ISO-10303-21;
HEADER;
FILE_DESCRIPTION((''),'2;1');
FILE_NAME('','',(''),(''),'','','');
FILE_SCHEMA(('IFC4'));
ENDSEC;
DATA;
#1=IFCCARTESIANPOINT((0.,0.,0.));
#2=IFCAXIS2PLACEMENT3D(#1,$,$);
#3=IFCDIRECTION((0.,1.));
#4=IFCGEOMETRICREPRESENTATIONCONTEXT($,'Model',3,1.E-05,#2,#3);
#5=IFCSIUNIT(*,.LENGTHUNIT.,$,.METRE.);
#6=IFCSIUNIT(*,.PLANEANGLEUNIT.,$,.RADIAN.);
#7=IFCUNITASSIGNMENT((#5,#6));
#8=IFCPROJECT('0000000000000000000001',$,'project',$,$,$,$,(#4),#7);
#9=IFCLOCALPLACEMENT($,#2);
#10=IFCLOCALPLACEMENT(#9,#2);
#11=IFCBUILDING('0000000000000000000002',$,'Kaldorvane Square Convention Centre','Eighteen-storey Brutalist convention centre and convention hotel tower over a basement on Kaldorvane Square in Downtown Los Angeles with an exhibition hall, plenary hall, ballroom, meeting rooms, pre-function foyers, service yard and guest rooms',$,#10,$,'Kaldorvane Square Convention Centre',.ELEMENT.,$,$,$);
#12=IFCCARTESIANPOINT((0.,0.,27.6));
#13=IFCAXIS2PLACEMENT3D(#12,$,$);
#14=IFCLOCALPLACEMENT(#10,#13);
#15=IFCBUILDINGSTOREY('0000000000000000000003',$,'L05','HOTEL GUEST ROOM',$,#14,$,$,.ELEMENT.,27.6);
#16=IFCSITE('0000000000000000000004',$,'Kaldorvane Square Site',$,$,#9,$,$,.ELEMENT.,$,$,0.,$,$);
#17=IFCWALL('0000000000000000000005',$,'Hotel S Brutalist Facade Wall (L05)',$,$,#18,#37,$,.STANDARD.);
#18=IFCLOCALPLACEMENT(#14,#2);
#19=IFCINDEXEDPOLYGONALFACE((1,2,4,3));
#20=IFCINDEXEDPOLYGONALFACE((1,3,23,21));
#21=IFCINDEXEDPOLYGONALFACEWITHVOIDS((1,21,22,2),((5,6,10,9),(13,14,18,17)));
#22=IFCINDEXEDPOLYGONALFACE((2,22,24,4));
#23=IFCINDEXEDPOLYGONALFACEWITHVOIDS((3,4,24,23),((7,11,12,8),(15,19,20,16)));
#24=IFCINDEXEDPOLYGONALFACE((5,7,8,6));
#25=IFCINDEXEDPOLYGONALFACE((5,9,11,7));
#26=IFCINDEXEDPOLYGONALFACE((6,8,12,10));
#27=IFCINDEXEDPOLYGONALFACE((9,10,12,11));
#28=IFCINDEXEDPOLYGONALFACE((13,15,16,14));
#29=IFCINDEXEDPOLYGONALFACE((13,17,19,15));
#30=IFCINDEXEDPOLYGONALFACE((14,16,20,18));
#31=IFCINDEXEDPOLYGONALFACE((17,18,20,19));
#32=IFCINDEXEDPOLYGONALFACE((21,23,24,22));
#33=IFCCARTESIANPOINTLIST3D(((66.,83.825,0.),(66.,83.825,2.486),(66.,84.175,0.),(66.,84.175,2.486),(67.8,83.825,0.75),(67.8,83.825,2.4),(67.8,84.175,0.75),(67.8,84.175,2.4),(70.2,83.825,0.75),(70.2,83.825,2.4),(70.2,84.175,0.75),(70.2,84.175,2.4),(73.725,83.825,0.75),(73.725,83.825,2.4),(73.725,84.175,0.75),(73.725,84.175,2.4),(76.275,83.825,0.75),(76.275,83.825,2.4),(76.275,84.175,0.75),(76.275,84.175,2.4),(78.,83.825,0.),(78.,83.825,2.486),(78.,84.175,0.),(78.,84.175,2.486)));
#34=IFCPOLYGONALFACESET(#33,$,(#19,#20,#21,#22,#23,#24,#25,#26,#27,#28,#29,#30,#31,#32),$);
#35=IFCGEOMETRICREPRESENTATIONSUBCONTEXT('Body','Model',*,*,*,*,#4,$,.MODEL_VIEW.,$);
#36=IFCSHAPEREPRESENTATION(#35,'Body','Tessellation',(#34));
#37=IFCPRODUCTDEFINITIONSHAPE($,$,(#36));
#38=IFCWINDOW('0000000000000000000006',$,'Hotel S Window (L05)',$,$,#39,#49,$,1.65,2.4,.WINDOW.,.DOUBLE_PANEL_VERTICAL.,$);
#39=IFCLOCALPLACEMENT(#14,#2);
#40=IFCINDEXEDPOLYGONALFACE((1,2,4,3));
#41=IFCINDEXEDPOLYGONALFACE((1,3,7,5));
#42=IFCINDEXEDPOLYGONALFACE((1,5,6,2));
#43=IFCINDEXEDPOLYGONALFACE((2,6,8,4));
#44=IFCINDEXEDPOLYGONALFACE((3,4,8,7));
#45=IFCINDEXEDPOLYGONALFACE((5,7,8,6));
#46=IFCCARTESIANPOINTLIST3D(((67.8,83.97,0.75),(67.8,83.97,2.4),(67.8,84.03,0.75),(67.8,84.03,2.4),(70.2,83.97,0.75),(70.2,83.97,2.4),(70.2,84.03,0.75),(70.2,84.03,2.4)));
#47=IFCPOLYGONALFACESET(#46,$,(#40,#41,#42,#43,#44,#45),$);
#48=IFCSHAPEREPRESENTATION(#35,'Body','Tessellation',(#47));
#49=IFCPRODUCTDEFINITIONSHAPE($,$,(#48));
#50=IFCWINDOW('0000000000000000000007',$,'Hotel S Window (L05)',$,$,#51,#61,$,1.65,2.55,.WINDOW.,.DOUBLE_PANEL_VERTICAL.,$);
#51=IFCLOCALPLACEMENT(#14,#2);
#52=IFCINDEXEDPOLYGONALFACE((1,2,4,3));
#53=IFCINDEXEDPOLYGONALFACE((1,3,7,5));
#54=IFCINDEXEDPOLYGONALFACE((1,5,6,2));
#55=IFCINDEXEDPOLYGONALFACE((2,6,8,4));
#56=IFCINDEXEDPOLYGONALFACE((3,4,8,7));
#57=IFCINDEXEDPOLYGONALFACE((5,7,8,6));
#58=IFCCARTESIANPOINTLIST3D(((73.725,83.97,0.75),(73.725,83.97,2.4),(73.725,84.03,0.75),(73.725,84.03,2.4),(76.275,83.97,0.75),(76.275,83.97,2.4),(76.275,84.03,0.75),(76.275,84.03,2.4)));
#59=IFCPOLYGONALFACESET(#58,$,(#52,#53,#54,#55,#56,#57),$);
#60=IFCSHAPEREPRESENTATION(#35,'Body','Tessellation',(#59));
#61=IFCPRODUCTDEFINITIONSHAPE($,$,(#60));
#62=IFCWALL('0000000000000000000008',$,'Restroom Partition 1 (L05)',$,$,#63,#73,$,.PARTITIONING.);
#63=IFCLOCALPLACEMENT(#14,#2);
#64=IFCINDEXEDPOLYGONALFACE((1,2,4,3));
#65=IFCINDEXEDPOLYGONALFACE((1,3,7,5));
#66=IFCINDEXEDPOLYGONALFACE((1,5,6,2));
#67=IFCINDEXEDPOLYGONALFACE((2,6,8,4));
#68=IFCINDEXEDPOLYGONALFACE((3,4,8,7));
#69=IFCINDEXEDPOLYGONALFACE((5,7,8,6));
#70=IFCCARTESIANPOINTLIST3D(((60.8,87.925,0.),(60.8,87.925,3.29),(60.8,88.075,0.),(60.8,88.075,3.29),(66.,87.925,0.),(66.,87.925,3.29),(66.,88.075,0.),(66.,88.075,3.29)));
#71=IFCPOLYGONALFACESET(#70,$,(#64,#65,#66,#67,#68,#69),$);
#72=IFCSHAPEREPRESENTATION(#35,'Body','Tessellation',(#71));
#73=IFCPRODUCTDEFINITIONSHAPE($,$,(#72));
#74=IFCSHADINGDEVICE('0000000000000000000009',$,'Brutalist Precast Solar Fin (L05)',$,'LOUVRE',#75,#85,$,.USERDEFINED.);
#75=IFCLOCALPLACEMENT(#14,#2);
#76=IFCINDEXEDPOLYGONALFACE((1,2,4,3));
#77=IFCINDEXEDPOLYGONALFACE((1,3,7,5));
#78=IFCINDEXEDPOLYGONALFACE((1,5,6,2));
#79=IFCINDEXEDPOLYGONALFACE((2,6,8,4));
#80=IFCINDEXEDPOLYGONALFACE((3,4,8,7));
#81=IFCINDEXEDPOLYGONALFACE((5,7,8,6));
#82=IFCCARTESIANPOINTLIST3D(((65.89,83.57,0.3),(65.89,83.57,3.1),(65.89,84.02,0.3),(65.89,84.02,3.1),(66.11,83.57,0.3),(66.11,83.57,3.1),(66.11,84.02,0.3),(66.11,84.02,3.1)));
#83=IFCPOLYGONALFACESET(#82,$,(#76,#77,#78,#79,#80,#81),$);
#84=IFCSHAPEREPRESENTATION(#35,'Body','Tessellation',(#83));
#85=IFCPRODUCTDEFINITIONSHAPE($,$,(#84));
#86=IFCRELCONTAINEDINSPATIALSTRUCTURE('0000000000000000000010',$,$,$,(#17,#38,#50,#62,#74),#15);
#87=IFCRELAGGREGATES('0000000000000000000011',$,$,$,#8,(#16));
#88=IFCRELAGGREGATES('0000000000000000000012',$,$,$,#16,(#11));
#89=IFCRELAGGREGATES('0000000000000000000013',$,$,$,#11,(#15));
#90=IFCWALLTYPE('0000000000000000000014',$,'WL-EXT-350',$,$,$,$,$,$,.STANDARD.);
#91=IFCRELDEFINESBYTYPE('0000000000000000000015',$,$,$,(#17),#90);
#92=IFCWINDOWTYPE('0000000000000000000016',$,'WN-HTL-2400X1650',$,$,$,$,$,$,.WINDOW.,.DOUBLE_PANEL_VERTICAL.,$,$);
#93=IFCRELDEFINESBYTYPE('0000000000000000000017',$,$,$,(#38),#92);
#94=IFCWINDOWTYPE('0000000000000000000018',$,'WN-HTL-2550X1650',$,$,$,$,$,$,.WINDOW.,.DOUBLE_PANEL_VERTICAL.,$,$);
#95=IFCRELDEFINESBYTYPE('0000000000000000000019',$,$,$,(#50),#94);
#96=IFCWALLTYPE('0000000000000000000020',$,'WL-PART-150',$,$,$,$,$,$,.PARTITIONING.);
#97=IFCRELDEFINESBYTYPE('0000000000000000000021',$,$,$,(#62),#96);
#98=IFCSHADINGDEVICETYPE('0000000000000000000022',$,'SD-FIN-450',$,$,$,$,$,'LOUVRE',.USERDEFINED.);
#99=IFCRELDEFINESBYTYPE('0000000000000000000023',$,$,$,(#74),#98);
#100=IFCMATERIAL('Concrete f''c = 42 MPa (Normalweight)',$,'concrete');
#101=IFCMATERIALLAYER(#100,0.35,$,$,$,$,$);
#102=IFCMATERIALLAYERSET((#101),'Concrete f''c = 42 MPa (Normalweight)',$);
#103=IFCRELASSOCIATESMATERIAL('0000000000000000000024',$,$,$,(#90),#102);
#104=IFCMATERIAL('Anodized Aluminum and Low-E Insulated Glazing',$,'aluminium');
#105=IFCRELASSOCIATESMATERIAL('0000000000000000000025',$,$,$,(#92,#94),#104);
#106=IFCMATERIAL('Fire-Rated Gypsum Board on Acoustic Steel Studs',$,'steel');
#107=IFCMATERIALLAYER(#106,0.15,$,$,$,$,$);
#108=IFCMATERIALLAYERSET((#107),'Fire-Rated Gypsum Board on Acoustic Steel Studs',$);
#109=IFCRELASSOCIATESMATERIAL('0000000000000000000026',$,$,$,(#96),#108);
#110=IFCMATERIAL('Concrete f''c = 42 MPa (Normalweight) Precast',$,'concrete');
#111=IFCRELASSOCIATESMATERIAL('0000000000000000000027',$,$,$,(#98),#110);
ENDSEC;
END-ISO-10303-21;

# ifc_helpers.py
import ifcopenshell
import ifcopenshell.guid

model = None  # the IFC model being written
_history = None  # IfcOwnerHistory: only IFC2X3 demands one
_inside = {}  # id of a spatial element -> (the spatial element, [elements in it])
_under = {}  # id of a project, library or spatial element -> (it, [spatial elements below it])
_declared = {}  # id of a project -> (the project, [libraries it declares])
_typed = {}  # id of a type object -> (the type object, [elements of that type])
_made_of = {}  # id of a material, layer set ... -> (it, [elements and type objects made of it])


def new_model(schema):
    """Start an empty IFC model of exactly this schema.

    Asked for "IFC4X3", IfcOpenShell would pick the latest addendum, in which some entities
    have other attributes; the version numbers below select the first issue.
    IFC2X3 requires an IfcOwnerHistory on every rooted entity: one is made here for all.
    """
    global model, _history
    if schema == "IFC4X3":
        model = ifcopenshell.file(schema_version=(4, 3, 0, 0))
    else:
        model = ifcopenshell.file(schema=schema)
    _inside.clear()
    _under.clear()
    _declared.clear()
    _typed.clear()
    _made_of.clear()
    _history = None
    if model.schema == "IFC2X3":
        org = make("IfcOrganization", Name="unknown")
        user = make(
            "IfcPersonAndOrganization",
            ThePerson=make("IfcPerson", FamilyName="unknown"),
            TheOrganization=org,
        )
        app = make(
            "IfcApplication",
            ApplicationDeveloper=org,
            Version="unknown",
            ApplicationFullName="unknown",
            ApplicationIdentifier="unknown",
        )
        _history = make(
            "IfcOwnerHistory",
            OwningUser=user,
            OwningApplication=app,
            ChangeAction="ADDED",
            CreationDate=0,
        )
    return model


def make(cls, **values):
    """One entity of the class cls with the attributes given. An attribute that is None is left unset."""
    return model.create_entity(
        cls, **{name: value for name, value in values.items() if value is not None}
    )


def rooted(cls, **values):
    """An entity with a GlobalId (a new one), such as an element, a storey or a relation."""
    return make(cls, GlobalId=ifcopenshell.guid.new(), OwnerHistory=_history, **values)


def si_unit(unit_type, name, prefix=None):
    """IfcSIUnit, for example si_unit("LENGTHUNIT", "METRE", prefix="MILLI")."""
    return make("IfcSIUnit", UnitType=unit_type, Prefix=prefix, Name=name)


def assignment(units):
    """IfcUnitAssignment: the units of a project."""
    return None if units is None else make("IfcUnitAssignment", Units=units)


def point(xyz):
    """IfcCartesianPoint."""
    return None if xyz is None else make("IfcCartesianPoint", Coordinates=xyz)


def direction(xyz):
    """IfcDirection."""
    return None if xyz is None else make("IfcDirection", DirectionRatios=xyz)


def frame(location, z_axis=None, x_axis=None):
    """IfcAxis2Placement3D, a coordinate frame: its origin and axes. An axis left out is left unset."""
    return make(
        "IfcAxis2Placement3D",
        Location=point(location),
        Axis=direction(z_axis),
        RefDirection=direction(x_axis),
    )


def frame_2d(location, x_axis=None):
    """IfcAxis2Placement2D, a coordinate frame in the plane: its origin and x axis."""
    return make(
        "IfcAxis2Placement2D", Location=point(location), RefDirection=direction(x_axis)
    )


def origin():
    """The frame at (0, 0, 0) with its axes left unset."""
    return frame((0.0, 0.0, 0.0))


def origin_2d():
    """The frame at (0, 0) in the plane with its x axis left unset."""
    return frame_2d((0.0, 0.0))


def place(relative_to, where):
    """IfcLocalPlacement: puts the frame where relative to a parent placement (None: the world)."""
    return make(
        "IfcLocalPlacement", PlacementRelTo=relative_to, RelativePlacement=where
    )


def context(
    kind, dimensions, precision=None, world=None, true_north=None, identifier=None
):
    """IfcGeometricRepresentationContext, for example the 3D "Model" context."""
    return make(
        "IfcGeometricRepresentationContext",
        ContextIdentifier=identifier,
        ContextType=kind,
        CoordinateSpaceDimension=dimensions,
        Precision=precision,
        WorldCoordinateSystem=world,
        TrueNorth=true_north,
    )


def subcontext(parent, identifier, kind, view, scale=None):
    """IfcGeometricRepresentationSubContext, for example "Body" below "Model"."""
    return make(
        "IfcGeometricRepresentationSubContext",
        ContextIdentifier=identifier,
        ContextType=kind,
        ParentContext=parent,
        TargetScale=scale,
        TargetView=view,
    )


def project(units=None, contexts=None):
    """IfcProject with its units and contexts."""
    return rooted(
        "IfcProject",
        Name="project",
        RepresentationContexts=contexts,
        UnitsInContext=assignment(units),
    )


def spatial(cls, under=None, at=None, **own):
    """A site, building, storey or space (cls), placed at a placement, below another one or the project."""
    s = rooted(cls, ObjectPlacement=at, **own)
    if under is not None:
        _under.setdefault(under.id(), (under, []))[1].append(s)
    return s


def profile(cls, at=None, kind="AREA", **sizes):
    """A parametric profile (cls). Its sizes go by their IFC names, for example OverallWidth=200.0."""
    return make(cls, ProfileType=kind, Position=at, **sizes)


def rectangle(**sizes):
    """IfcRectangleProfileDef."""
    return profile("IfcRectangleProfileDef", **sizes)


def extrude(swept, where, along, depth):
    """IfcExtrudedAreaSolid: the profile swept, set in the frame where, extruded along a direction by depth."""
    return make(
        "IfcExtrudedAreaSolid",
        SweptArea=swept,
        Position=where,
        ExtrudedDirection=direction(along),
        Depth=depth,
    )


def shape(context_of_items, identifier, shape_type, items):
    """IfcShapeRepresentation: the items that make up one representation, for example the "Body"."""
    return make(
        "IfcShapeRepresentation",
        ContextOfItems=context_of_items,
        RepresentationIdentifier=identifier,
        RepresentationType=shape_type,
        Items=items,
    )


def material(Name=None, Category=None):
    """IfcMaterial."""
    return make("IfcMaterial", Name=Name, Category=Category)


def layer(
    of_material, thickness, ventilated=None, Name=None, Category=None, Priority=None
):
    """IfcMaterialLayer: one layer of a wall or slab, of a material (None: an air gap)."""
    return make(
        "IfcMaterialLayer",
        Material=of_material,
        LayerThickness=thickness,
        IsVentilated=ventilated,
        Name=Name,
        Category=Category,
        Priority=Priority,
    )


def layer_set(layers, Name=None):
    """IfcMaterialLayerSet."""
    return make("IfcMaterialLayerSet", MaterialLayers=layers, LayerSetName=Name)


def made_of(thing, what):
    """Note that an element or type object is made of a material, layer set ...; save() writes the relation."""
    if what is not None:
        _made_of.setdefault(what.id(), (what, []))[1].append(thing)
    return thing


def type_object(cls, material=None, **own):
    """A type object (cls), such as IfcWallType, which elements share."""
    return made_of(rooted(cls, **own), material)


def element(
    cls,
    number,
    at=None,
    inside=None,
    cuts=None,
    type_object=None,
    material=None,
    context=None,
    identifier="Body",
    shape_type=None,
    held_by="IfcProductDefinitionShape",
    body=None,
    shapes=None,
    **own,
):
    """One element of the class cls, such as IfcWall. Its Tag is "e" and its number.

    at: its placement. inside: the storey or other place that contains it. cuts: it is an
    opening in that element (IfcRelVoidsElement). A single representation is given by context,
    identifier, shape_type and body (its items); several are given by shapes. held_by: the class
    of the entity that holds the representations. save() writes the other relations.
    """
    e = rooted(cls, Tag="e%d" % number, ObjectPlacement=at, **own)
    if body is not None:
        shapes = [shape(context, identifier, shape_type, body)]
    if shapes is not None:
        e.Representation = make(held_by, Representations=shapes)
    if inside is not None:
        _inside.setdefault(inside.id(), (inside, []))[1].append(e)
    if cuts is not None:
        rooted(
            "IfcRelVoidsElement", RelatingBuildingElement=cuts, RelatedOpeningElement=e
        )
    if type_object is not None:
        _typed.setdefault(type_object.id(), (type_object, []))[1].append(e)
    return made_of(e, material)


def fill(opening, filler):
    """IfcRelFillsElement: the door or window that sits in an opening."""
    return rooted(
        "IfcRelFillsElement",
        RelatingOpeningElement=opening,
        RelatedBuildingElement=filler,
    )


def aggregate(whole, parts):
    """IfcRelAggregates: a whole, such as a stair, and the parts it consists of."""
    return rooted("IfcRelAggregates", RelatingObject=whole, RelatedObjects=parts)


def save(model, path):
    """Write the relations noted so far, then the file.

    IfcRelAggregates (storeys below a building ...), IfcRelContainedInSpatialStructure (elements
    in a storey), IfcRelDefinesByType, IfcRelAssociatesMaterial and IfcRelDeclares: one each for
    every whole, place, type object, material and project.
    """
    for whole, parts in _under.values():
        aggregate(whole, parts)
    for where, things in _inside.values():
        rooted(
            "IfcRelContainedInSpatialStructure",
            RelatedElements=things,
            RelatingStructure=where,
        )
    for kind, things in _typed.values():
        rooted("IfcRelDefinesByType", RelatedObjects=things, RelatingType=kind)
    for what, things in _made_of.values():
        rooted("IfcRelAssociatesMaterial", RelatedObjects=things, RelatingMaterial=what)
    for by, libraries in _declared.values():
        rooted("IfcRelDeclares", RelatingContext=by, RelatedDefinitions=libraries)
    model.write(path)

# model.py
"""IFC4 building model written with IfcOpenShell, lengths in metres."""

from ifc_helpers import new_model, si_unit, direction, frame, frame_2d, origin, origin_2d, place, context, subcontext, project, spatial, rectangle, extrude, material, layer, layer_set, type_object, element, fill, save


model = new_model("IFC4")

# Units and contexts
model_context = context("Model", 3, precision=1e-05, world=origin(), true_north=direction((0.0, 1.0)))
body_context = subcontext(model_context, "Body", "Model", "MODEL_VIEW")
ifc_project = project(units=[si_unit("LENGTHUNIT", "METRE"), si_unit("PLANEANGLEUNIT", "RADIAN")], contexts=[model_context])

# Site, building, storey
site_placement = place(None, origin())
site = spatial("IfcSite", under=ifc_project, at=site_placement, Name="Kaldorvane Square Site", CompositionType="ELEMENT", RefElevation=0.0)
building_placement = place(site_placement, origin())
building = spatial("IfcBuilding", under=site, at=building_placement, Name="Kaldorvane Square Convention Centre", Description="Eighteen-storey Brutalist convention centre and convention hotel tower over a basement on Kaldorvane Square in Downtown Los Angeles with an exhibition hall, plenary hall, ballroom, meeting rooms, pre-function foyers, service yard and guest rooms", LongName="Kaldorvane Square Convention Centre", CompositionType="ELEMENT")
storey_placement = place(building_placement, frame((0.0, 0.0, 27.6)))
storey = spatial("IfcBuildingStorey", under=building, at=storey_placement, Name="L05", Description="HOTEL GUEST ROOM", CompositionType="ELEMENT", Elevation=27.6)

# Shared definitions
ifc_material_1 = material(Name="Concrete f'c = 42 MPa (Normalweight)", Category="concrete")

# Shared definitions
ifc_material_2 = material(Name="Fire-Rated Gypsum Board on Acoustic Steel Studs", Category="steel")

# Wall, openings, windows
ifc_layer_1 = layer(ifc_material_1, 0.35)
ifc_layer_set_1 = layer_set([ifc_layer_1], Name="Concrete f'c = 42 MPa (Normalweight)")
wall_type_1 = type_object("IfcWallType", Name="WL-EXT-350", PredefinedType="STANDARD", material=ifc_layer_set_1)
ifc_material_3 = material(Name="Anodized Aluminum and Low-E Insulated Glazing", Category="aluminium")
wall_1_placement = place(storey_placement, frame((66.0, 84.0, 0.0), z_axis=(0.0, 0.0, 1.0), x_axis=(1.0, 0.0, 0.0)))
wall_1 = element("IfcWall", 1, at=wall_1_placement, inside=storey, type_object=wall_type_1, Name="Hotel S Brutalist Facade Wall (L05)", PredefinedType="STANDARD", context=body_context, shape_type="SweptSolid", body=[
    extrude(rectangle(XDim=12.0, YDim=0.35, at=frame_2d((6.0, 0.0))), origin(), (0.0, 0.0, 1.0), 2.486),
])
opening_1_placement = place(wall_1_placement, frame((1.8, 0.0, 0.75)))
opening_1 = element("IfcOpeningElement", 2, at=opening_1_placement, cuts=wall_1, PredefinedType="OPENING", context=body_context, shape_type="SweptSolid", body=[
    extrude(rectangle(XDim=2.4, YDim=1.65, at=frame_2d((1.2, 0.825))), frame((0.0, 0.19, 0.0), z_axis=(0.0, -1.0, 0.0), x_axis=(1.0, 0.0, 0.0)), (0.0, 0.0, 1.0), 0.38),
])
opening_2_placement = place(wall_1_placement, frame((7.725, 0.0, 0.75)))
opening_2 = element("IfcOpeningElement", 3, at=opening_2_placement, cuts=wall_1, PredefinedType="OPENING", context=body_context, shape_type="SweptSolid", body=[
    extrude(rectangle(XDim=2.55, YDim=1.65, at=frame_2d((1.275, 0.825))), frame((0.0, 0.19, 0.0), z_axis=(0.0, -1.0, 0.0), x_axis=(1.0, 0.0, 0.0)), (0.0, 0.0, 1.0), 0.38),
])
window_type_1 = type_object("IfcWindowType", Name="WN-HTL-2400X1650", PartitioningType="DOUBLE_PANEL_VERTICAL", PredefinedType="WINDOW", material=ifc_material_3)
window_1_placement = place(opening_1_placement, origin())
window_1 = element("IfcWindow", 4, at=window_1_placement, inside=storey, type_object=window_type_1, Name="Hotel S Window (L05)", OverallHeight=1.65, OverallWidth=2.4, PartitioningType="DOUBLE_PANEL_VERTICAL", PredefinedType="WINDOW", context=body_context, shape_type="SweptSolid", body=[
    extrude(rectangle(XDim=2.4, YDim=1.65, at=frame_2d((1.2, 0.825))), frame((0.0, 0.03, 0.0), z_axis=(0.0, -1.0, 0.0), x_axis=(1.0, 0.0, 0.0)), (0.0, 0.0, 1.0), 0.06),
])
fill(opening_1, window_1)
window_type_2 = type_object("IfcWindowType", Name="WN-HTL-2550X1650", PartitioningType="DOUBLE_PANEL_VERTICAL", PredefinedType="WINDOW", material=ifc_material_3)
window_2_placement = place(opening_2_placement, origin())
window_2 = element("IfcWindow", 5, at=window_2_placement, inside=storey, type_object=window_type_2, Name="Hotel S Window (L05)", OverallHeight=1.65, OverallWidth=2.55, PartitioningType="DOUBLE_PANEL_VERTICAL", PredefinedType="WINDOW", context=body_context, shape_type="SweptSolid", body=[
    extrude(rectangle(XDim=2.55, YDim=1.65, at=frame_2d((1.275, 0.825))), frame((0.0, 0.03, 0.0), z_axis=(0.0, -1.0, 0.0), x_axis=(1.0, 0.0, 0.0)), (0.0, 0.0, 1.0), 0.06),
])
fill(opening_2, window_2)

# Wall
ifc_layer_2 = layer(ifc_material_2, 0.15)
ifc_layer_set_2 = layer_set([ifc_layer_2], Name="Fire-Rated Gypsum Board on Acoustic Steel Studs")
wall_type_2 = type_object("IfcWallType", Name="WL-PART-150", PredefinedType="PARTITIONING", material=ifc_layer_set_2)
wall_2_placement = place(storey_placement, frame((60.8, 88.0, 0.0), z_axis=(0.0, 0.0, 1.0), x_axis=(1.0, 0.0, 0.0)))
element("IfcWall", 6, at=wall_2_placement, inside=storey, type_object=wall_type_2, Name="Restroom Partition 1 (L05)", PredefinedType="PARTITIONING", context=body_context, shape_type="SweptSolid", body=[
    extrude(rectangle(XDim=5.2, YDim=0.15, at=frame_2d((2.6, 0.0))), origin(), (0.0, 0.0, 1.0), 3.29),
])

# Shading device
ifc_material_4 = material(Name="Concrete f'c = 42 MPa (Normalweight) Precast", Category="concrete")
shading_device_type = type_object("IfcShadingDeviceType", Name="SD-FIN-450", ElementType="LOUVRE", PredefinedType="USERDEFINED", material=ifc_material_4)
shading_device_placement = place(storey_placement, frame((66.0, 83.795, 0.3), z_axis=(0.0, 0.0, 1.0), x_axis=(1.0, 0.0, 0.0)))
element("IfcShadingDevice", 7, at=shading_device_placement, inside=storey, type_object=shading_device_type, Name="Brutalist Precast Solar Fin (L05)", ObjectType="LOUVRE", PredefinedType="USERDEFINED", context=body_context, shape_type="SweptSolid", body=[
    extrude(rectangle(XDim=0.22, YDim=0.45, at=origin_2d()), origin(), (0.0, 0.0, 1.0), 2.8),
])

save(model, "model.ifc")
